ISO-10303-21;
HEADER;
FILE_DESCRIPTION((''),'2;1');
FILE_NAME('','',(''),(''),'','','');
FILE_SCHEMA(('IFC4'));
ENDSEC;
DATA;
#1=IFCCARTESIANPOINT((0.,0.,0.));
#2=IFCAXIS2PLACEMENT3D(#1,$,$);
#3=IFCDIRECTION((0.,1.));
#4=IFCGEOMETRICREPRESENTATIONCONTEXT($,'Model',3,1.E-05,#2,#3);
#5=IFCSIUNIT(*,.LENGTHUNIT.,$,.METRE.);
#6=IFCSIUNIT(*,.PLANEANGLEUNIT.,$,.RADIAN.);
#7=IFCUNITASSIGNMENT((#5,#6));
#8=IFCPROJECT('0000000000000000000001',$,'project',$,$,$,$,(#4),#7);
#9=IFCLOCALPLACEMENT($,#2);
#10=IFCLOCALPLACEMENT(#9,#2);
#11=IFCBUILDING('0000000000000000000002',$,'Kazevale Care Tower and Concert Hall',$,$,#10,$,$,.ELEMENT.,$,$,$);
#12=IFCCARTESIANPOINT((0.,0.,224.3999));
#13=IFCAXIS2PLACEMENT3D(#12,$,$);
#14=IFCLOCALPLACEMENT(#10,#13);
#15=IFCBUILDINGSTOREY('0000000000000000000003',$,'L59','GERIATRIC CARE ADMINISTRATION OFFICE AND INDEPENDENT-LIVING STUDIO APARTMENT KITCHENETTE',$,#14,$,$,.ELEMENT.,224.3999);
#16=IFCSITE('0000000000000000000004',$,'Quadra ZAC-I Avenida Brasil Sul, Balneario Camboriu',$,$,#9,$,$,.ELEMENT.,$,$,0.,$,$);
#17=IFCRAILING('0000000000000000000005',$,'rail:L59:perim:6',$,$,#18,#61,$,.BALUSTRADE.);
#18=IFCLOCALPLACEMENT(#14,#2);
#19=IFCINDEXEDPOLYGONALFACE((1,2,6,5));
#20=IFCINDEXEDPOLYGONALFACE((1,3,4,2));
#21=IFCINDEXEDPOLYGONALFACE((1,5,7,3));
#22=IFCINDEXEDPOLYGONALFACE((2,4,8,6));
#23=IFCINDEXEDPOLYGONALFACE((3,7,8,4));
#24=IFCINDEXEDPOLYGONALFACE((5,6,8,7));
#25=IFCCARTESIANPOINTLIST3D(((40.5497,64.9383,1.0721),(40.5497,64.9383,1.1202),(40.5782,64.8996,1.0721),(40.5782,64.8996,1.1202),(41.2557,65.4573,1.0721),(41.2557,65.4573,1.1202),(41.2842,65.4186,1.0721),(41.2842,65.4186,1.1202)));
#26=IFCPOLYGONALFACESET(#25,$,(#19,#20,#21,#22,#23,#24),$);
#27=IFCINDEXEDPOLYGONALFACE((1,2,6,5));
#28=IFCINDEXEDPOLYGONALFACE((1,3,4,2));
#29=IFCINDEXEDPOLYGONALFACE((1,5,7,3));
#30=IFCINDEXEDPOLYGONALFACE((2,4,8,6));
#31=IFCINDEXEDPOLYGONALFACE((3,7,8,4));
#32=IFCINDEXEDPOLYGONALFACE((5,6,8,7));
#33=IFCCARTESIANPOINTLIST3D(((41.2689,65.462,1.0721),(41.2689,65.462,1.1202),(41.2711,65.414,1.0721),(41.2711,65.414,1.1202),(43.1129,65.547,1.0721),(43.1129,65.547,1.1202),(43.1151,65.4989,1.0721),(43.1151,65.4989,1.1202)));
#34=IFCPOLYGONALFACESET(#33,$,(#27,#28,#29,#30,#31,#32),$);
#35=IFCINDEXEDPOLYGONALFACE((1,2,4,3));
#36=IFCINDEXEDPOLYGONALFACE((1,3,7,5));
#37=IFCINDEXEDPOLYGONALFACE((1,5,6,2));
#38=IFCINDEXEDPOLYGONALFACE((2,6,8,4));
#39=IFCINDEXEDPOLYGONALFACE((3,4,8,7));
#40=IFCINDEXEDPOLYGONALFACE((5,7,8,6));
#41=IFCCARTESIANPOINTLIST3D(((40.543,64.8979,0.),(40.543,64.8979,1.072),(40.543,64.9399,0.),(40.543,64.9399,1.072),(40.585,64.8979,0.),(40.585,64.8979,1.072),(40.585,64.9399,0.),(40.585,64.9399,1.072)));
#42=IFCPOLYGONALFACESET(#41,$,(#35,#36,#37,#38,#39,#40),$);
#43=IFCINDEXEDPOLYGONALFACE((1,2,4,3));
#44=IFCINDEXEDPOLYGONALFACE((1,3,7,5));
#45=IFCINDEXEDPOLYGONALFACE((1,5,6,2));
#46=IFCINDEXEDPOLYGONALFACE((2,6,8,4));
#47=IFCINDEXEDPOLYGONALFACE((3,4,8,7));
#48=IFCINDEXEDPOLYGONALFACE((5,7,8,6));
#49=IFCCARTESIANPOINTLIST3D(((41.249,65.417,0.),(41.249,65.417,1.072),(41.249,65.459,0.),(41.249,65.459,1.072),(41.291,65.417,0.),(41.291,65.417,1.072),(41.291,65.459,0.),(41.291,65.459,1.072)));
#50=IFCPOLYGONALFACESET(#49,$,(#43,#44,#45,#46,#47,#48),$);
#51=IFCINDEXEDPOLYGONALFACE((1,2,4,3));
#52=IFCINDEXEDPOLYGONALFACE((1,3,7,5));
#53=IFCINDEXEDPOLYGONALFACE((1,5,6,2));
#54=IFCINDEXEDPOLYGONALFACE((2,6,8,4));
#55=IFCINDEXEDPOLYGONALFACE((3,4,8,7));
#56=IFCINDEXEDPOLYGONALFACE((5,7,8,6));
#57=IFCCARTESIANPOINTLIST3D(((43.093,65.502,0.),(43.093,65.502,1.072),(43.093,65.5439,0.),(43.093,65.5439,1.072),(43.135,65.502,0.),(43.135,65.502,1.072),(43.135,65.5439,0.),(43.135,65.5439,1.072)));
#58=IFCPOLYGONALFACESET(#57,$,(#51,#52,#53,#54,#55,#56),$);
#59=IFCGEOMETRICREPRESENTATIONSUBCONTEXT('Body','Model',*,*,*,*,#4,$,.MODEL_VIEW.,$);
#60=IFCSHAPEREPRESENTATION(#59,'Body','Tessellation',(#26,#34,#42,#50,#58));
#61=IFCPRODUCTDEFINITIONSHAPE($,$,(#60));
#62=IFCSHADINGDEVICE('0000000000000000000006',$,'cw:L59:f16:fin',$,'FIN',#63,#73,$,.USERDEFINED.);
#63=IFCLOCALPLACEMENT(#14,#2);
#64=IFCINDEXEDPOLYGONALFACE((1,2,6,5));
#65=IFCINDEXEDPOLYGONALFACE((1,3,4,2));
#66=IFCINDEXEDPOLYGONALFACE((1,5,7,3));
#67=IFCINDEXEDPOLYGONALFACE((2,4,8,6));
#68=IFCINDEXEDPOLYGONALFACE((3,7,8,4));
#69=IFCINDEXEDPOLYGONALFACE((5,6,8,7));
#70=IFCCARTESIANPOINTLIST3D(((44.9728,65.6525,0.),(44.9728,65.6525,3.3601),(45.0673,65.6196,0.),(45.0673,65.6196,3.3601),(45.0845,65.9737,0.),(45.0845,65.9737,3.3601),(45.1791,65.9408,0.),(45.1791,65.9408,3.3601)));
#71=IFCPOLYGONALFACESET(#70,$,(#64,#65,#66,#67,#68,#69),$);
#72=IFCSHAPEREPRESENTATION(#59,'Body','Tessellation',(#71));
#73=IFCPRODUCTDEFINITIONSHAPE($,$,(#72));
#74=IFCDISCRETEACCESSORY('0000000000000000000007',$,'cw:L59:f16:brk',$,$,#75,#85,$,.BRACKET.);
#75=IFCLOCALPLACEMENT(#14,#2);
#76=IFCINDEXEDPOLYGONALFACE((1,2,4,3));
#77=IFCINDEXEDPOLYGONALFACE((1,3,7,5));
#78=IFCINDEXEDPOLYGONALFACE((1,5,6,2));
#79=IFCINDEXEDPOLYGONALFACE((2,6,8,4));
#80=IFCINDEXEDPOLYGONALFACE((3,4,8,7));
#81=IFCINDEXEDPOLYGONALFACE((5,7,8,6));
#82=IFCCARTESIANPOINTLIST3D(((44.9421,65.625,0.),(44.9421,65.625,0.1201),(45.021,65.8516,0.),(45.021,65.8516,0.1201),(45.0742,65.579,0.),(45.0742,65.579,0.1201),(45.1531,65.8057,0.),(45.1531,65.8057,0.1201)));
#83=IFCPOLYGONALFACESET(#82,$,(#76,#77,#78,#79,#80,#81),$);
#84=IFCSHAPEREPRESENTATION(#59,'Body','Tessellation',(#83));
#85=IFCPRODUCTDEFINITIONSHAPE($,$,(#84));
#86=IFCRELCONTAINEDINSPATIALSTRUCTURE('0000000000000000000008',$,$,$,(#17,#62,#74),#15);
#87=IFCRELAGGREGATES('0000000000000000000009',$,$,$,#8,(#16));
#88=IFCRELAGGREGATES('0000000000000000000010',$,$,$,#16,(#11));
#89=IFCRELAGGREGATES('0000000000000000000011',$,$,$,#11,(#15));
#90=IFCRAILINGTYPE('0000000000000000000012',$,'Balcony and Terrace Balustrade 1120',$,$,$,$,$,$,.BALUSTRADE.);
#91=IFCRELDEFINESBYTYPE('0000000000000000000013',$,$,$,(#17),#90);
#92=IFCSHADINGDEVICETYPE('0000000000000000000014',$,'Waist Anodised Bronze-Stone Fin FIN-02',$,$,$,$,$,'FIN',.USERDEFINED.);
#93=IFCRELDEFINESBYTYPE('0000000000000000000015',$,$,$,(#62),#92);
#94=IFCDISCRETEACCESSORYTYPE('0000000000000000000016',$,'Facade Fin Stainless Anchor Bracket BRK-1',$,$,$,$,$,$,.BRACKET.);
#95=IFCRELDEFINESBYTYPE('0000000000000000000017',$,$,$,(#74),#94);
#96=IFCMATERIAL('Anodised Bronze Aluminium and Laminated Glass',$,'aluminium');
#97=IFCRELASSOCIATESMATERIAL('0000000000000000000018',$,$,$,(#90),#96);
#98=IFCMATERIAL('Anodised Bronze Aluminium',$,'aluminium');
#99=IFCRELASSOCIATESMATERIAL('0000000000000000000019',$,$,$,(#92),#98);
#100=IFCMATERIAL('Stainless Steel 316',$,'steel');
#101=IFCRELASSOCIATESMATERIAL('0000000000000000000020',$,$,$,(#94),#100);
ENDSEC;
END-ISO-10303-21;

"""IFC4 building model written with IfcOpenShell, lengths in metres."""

from ifc_helpers import new_model, si_unit, direction, frame, origin, origin_2d, place, context, subcontext, project, spatial, rectangle, extrude, material, type_object, element, save


model = new_model("IFC4")

# Units and contexts
model_context = context("Model", 3, precision=1e-05, world=origin(), true_north=direction((0.0, 1.0)))
body_context = subcontext(model_context, "Body", "Model", "MODEL_VIEW")
ifc_project = project(units=[si_unit("LENGTHUNIT", "METRE"), si_unit("PLANEANGLEUNIT", "RADIAN")], contexts=[model_context])

# Site, building, storey
site_placement = place(None, origin())
site = spatial("IfcSite", under=ifc_project, at=site_placement, Name="Quadra ZAC-I Avenida Brasil Sul, Balneario Camboriu", CompositionType="ELEMENT", RefElevation=0.0)
building_placement = place(site_placement, origin())
building = spatial("IfcBuilding", under=site, at=building_placement, Name="Kazevale Care Tower and Concert Hall", CompositionType="ELEMENT")
storey_placement = place(building_placement, frame((0.0, 0.0, 224.3999)))
storey = spatial("IfcBuildingStorey", under=building, at=storey_placement, Name="L59", Description="GERIATRIC CARE ADMINISTRATION OFFICE AND INDEPENDENT-LIVING STUDIO APARTMENT KITCHENETTE", CompositionType="ELEMENT", Elevation=224.3999)

# Railing
ifc_material_1 = material(Name="Anodised Bronze Aluminium and Laminated Glass", Category="aluminium")
railing_type = type_object("IfcRailingType", Name="Balcony and Terrace Balustrade 1120", PredefinedType="BALUSTRADE", material=ifc_material_1)
railing_placement = place(storey_placement, frame((40.564, 64.9189, 0.0)))
element("IfcRailing", 1, at=railing_placement, inside=storey, type_object=railing_type, Name="rail:L59:perim:6", PredefinedType="BALUSTRADE", context=body_context, shape_type="SweptSolid", body=[
    extrude(rectangle(XDim=0.0481, YDim=0.0481, at=origin_2d()), frame((0.0, 0.0, 1.0962), z_axis=(0.805714, 0.592305, 0.0), x_axis=(-0.592305, 0.805714, 0.0)), (0.0, 0.0, 1.0), 0.8762),
    extrude(rectangle(XDim=0.0481, YDim=0.0481, at=origin_2d()), frame((0.7061, 0.519, 1.0962), z_axis=(0.99894, 0.046026, 0.0), x_axis=(-0.046026, 0.99894, 0.0)), (0.0, 0.0, 1.0), 1.8459),
    extrude(rectangle(XDim=0.042, YDim=0.042, at=origin_2d()), origin(), (0.0, 0.0, 1.0), 1.072),
    extrude(rectangle(XDim=0.042, YDim=0.042, at=origin_2d()), frame((0.7061, 0.519, 0.0)), (0.0, 0.0, 1.0), 1.072),
    extrude(rectangle(XDim=0.042, YDim=0.042, at=origin_2d()), frame((2.55, 0.604, 0.0)), (0.0, 0.0, 1.0), 1.072),
])

# Shading device
ifc_material_2 = material(Name="Anodised Bronze Aluminium", Category="aluminium")
shading_device_type = type_object("IfcShadingDeviceType", Name="Waist Anodised Bronze-Stone Fin FIN-02", ElementType="FIN", PredefinedType="USERDEFINED", material=ifc_material_2)
shading_device_placement = place(storey_placement, frame((45.0759, 65.7966, 0.0), z_axis=(0.0, 0.0, 1.0), x_axis=(0.328537, 0.944491, 0.0)))
element("IfcShadingDevice", 2, at=shading_device_placement, inside=storey, type_object=shading_device_type, Name="cw:L59:f16:fin", ObjectType="FIN", PredefinedType="USERDEFINED", context=body_context, shape_type="SweptSolid", body=[
    extrude(rectangle(XDim=0.3401, YDim=0.1001, at=origin_2d()), origin(), (0.0, 0.0, 1.0), 3.3601),
])

# Discrete accessory
ifc_material_3 = material(Name="Stainless Steel 316", Category="steel")
discrete_accessory_type = type_object("IfcDiscreteAccessoryType", Name="Facade Fin Stainless Anchor Bracket BRK-1", PredefinedType="BRACKET", material=ifc_material_3)
discrete_accessory_placement = place(storey_placement, frame((45.0476, 65.7153, 0.0), z_axis=(0.0, 0.0, 1.0), x_axis=(0.328537, 0.944491, 0.0)))
element("IfcDiscreteAccessory", 3, at=discrete_accessory_placement, inside=storey, type_object=discrete_accessory_type, Name="cw:L59:f16:brk", PredefinedType="BRACKET", context=body_context, shape_type="SweptSolid", body=[
    extrude(rectangle(XDim=0.24, YDim=0.1399, at=origin_2d()), origin(), (0.0, 0.0, 1.0), 0.1201),
])

save(model, "model.ifc")
